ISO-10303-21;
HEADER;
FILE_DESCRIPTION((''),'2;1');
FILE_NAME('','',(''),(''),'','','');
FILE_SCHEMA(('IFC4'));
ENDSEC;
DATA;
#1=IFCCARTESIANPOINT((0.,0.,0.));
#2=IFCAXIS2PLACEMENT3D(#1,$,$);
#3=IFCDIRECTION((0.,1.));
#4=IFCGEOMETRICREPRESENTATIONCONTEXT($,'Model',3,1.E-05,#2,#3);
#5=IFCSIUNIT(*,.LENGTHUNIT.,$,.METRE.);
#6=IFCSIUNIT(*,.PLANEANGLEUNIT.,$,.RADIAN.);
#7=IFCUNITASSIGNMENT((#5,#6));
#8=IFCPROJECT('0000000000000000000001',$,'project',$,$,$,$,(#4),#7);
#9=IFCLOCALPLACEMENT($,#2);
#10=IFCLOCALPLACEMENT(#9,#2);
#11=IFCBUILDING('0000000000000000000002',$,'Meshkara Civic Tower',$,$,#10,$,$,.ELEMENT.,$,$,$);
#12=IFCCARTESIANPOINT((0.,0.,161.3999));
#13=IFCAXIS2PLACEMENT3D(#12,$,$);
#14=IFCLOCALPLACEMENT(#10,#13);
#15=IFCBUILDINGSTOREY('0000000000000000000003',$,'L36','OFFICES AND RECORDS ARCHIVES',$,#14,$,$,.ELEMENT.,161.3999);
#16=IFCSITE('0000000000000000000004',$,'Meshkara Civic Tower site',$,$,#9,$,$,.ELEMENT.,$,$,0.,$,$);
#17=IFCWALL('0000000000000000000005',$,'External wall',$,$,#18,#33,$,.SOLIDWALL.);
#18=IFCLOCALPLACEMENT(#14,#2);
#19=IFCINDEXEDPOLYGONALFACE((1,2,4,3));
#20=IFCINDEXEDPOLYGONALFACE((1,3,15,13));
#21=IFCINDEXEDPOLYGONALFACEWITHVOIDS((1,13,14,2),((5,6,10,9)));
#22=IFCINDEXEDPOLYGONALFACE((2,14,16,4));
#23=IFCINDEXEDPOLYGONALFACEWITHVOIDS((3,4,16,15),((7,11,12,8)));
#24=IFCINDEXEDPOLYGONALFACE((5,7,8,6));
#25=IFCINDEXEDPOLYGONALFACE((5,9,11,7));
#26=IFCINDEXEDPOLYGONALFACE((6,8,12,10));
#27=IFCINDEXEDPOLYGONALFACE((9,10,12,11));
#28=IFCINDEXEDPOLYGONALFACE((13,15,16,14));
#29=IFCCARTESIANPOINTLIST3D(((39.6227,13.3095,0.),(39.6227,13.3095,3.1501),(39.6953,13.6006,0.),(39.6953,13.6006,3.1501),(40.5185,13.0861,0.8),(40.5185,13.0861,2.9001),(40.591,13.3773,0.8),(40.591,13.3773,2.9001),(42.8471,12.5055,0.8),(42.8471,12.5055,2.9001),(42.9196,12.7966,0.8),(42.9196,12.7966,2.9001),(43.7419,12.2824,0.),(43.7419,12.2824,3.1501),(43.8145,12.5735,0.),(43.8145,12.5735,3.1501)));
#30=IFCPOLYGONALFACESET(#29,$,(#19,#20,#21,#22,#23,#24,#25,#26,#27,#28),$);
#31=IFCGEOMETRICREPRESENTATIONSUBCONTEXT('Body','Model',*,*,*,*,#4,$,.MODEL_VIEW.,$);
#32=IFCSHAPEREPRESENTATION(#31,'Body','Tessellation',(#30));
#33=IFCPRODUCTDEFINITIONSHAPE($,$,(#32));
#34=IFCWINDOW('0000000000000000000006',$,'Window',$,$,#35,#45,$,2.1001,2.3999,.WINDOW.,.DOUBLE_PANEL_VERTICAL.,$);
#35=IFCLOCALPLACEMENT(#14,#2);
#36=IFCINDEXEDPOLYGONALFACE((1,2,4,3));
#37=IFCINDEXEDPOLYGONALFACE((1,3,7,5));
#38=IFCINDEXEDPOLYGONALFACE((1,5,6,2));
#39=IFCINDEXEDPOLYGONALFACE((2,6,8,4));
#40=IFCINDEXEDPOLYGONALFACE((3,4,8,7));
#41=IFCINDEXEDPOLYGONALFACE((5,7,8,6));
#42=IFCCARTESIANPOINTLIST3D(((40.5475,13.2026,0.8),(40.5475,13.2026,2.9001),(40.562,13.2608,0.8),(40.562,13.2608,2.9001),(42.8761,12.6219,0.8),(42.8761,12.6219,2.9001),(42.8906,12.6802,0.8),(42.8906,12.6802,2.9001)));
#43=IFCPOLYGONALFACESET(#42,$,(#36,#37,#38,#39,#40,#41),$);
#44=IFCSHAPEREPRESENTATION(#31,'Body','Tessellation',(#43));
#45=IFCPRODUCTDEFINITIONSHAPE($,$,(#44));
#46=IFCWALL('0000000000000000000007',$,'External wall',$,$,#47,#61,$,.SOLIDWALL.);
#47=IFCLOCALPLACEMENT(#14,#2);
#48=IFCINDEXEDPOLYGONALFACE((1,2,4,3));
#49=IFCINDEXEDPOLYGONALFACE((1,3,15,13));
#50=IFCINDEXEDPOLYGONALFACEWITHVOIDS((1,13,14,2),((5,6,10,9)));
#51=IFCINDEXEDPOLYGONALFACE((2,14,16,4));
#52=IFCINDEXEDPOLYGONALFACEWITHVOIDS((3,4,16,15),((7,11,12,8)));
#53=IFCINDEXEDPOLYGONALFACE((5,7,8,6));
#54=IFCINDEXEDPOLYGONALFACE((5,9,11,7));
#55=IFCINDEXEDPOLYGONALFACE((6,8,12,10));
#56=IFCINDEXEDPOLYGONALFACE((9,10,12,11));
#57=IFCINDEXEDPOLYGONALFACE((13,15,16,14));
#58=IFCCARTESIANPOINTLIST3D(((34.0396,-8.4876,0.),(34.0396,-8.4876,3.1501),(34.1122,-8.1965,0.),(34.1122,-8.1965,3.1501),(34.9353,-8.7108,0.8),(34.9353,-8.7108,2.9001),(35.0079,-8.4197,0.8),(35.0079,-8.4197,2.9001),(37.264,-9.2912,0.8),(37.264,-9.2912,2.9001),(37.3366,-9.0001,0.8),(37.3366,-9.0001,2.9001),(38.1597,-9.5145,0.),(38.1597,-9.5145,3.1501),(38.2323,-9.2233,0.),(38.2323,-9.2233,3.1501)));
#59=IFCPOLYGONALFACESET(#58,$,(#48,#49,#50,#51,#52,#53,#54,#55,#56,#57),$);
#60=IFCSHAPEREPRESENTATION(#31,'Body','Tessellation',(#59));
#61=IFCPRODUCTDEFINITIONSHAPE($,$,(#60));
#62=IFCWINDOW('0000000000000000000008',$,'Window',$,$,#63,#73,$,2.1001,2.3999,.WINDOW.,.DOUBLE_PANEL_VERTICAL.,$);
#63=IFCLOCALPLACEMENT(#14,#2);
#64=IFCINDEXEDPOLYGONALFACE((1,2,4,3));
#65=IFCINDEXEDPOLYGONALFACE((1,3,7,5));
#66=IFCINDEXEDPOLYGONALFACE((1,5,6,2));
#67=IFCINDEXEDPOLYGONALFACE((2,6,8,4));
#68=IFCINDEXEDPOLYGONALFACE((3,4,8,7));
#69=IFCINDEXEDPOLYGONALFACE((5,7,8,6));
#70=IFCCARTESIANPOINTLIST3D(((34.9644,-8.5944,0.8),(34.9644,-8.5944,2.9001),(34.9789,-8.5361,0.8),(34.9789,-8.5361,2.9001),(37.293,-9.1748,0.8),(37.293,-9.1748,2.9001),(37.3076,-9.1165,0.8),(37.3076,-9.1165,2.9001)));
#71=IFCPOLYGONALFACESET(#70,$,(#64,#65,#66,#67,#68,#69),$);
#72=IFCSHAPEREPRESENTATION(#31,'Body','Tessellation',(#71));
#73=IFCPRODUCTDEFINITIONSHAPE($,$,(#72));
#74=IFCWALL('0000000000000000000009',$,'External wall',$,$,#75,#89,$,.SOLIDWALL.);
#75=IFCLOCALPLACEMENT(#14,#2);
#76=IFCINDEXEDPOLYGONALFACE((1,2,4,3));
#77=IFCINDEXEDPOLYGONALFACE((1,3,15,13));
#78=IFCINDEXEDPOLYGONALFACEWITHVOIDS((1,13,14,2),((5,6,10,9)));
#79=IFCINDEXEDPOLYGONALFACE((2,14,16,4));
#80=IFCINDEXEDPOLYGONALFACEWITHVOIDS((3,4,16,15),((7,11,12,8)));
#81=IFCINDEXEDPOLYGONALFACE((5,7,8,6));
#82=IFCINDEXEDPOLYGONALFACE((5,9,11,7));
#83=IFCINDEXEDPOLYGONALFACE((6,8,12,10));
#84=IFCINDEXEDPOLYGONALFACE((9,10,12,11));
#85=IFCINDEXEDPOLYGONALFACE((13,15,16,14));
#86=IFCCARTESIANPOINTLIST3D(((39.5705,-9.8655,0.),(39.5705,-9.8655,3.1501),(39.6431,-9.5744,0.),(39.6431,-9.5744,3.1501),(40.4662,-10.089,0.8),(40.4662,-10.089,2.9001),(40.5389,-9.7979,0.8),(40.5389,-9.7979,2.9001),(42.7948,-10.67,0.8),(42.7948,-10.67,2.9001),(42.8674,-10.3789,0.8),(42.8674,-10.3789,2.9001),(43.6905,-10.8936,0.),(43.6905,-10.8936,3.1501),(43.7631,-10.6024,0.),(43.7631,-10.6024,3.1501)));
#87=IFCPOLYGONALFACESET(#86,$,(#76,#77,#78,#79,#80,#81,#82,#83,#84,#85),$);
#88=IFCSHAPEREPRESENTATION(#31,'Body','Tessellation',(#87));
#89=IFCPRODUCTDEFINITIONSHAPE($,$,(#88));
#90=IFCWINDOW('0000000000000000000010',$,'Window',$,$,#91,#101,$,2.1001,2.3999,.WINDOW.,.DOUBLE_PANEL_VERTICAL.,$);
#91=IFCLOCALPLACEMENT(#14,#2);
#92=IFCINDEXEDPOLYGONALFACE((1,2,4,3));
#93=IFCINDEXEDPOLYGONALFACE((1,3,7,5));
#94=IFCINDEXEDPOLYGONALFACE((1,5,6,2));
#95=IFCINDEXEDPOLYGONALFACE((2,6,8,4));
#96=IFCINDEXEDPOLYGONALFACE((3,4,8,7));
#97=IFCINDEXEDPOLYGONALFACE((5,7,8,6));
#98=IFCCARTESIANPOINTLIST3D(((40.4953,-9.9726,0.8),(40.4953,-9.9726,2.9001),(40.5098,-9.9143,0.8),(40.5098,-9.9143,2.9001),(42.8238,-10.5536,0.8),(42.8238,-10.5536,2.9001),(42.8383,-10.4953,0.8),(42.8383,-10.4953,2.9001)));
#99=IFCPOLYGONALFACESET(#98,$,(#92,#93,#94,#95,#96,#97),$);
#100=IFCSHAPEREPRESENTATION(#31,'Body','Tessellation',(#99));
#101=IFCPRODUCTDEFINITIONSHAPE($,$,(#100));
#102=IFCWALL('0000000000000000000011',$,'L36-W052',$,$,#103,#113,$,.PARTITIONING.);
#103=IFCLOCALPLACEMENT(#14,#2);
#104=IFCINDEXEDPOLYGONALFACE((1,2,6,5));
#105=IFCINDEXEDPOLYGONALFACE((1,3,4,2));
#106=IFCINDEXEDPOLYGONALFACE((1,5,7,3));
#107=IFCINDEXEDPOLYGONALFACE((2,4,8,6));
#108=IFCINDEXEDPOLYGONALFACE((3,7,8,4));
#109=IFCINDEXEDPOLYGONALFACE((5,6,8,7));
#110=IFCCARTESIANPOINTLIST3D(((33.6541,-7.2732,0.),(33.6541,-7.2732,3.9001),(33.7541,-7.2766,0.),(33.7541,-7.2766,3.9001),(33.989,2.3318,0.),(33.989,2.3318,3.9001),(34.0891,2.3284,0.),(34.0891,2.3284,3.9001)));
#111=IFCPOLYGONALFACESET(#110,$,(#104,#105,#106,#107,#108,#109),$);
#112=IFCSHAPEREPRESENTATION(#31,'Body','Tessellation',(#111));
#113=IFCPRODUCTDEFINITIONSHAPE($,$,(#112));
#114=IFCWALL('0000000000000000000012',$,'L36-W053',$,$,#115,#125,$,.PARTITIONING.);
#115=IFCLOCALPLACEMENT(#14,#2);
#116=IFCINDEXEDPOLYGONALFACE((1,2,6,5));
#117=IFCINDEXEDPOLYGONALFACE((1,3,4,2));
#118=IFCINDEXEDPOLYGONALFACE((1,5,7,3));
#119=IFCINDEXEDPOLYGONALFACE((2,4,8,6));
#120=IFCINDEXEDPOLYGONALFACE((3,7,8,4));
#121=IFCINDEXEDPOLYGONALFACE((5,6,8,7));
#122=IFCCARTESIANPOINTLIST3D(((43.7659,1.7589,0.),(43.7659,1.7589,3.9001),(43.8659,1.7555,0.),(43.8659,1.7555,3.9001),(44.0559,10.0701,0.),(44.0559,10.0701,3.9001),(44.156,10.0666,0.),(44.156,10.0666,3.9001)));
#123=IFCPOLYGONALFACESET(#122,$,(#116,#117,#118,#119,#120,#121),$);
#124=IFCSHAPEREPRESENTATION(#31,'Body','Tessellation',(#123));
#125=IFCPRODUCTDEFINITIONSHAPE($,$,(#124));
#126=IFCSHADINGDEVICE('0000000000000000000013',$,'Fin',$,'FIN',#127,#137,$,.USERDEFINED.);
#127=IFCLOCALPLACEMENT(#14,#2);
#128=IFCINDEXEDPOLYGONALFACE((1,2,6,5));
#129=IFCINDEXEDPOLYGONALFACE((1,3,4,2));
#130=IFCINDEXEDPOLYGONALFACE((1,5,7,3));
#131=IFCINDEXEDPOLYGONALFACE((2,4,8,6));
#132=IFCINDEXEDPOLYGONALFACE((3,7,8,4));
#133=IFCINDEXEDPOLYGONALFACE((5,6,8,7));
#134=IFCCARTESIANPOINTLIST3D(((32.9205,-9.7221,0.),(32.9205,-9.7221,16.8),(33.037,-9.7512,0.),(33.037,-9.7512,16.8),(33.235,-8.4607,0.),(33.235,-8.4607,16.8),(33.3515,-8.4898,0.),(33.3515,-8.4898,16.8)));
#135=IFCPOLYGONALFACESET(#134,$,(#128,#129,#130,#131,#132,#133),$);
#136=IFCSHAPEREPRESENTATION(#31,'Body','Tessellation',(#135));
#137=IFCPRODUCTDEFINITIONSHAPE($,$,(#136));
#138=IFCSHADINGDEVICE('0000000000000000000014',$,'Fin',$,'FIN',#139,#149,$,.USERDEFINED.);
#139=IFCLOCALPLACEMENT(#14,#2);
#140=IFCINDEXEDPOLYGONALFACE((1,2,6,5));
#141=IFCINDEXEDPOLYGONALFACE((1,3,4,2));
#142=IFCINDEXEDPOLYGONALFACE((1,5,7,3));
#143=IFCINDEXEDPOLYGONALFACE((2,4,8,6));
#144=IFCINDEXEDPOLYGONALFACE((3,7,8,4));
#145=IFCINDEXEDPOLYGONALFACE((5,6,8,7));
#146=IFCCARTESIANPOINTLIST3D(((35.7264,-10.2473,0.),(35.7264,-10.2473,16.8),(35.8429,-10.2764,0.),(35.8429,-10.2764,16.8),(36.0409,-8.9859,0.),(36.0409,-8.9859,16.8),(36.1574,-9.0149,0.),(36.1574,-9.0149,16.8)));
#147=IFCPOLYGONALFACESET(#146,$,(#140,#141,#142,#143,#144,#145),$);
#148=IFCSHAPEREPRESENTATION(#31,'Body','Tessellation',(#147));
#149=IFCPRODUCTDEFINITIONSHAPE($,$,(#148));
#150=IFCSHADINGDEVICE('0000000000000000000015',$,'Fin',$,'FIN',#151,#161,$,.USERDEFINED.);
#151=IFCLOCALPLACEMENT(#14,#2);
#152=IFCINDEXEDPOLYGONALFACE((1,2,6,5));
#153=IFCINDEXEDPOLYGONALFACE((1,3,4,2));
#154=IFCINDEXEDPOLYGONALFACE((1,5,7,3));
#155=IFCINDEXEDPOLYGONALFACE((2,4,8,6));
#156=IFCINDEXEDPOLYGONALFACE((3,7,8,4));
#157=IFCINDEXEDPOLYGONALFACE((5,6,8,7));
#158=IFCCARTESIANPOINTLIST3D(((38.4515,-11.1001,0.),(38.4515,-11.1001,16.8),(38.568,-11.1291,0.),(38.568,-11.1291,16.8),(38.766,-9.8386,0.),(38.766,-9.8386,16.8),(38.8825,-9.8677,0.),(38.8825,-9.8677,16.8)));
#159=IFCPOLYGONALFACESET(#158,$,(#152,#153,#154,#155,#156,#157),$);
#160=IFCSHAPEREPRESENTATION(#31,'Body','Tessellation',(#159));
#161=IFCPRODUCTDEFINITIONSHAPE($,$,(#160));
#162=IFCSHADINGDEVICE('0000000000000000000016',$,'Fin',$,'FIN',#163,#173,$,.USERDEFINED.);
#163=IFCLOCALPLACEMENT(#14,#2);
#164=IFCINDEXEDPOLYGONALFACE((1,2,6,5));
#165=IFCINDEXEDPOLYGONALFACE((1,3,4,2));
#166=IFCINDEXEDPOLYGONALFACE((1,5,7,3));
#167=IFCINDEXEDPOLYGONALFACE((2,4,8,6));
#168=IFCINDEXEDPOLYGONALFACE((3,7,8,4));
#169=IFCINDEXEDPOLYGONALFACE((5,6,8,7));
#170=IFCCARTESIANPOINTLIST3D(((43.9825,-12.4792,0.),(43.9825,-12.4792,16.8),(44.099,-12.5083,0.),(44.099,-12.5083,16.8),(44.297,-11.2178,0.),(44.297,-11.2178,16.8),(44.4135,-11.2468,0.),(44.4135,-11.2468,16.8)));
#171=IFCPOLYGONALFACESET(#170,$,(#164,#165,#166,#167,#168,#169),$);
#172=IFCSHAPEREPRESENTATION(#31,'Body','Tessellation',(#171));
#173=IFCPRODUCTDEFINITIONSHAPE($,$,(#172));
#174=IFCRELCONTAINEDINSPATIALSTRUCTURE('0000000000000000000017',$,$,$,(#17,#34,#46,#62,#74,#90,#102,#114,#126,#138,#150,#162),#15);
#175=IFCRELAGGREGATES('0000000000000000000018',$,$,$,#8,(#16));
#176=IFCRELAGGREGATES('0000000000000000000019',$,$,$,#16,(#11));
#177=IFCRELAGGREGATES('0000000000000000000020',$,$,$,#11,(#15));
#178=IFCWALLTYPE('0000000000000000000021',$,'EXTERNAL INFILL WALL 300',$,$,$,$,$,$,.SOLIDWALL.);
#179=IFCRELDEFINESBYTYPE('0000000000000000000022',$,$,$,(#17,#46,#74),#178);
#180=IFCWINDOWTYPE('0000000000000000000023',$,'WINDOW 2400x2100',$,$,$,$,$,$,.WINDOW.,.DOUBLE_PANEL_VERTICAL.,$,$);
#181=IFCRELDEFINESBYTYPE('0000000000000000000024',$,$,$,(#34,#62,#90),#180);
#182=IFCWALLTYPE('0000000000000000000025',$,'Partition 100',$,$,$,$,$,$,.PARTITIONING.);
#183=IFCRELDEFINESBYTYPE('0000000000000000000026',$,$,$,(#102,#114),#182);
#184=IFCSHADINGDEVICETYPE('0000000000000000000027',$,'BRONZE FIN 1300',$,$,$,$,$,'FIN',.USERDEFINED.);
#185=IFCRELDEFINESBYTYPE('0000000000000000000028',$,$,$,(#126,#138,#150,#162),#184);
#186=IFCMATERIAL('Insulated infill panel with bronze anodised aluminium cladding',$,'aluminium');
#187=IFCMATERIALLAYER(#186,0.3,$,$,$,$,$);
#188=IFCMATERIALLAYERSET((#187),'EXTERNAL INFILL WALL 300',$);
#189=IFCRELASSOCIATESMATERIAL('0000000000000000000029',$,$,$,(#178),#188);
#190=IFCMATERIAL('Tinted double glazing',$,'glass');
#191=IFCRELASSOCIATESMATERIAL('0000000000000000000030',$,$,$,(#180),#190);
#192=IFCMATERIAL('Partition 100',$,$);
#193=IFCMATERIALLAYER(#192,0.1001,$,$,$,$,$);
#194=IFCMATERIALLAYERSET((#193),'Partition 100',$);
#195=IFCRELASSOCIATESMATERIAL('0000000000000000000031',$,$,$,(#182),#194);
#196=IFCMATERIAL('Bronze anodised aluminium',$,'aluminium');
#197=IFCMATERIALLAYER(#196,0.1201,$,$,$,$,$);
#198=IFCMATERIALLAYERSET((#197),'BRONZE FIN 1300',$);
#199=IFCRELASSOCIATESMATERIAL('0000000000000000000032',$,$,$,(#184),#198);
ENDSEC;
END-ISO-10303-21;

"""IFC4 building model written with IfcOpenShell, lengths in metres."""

from ifc_helpers import new_model, si_unit, direction, frame, frame_2d, origin, origin_2d, place, context, subcontext, project, spatial, rectangle, extrude, material, layer, layer_set, type_object, element, fill, save


model = new_model("IFC4")

# Units and contexts
model_context = context("Model", 3, precision=1e-05, world=origin(), true_north=direction((0.0, 1.0)))
body_context = subcontext(model_context, "Body", "Model", "MODEL_VIEW")
ifc_project = project(units=[si_unit("LENGTHUNIT", "METRE"), si_unit("PLANEANGLEUNIT", "RADIAN")], contexts=[model_context])

# Site, building, storey
site_placement = place(None, origin())
site = spatial("IfcSite", under=ifc_project, at=site_placement, Name="Meshkara Civic Tower site", CompositionType="ELEMENT", RefElevation=0.0)
building_placement = place(site_placement, origin())
building = spatial("IfcBuilding", under=site, at=building_placement, Name="Meshkara Civic Tower", CompositionType="ELEMENT")
storey_placement = place(building_placement, frame((0.0, 0.0, 161.3999)))
storey = spatial("IfcBuildingStorey", under=building, at=storey_placement, Name="L36", Description="OFFICES AND RECORDS ARCHIVES", CompositionType="ELEMENT", Elevation=161.3999)

# Walls, openings, windows
ifc_material_1 = material(Name="Insulated infill panel with bronze anodised aluminium cladding", Category="aluminium")
ifc_layer_1 = layer(ifc_material_1, 0.3)
ifc_layer_set_1 = layer_set([ifc_layer_1], Name="EXTERNAL INFILL WALL 300")
wall_type_1 = type_object("IfcWallType", Name="EXTERNAL INFILL WALL 300", PredefinedType="SOLIDWALL", material=ifc_layer_set_1)
wall_1_placement = place(storey_placement, frame((43.7781, 12.428, 0.0), z_axis=(0.0, 0.0, 1.0), x_axis=(-0.970291, 0.24194, 0.0)))
wall_1 = element("IfcWall", 1, at=wall_1_placement, inside=storey, type_object=wall_type_1, Name="External wall", PredefinedType="SOLIDWALL", context=body_context, shape_type="SweptSolid", body=[
    extrude(rectangle(XDim=4.2454, YDim=0.3, at=frame_2d((2.1226, 0.0))), origin(), (0.0, 0.0, 1.0), 3.1501),
])
opening_1_placement = place(wall_1_placement, frame((0.9221, 0.0, 0.8)))
opening_1 = element("IfcOpeningElement", 2, at=opening_1_placement, cuts=wall_1, PredefinedType="OPENING", context=body_context, shape_type="SweptSolid", body=[
    extrude(rectangle(XDim=2.3999, YDim=2.1001, at=frame_2d((1.2, 1.05))), frame((0.0, 0.1599, 0.0), z_axis=(0.0, -1.0, 0.0), x_axis=(1.0, 0.0, 0.0)), (0.0, 0.0, 1.0), 0.3201),
])
ifc_material_2 = material(Name="Tinted double glazing", Category="glass")
window_type = type_object("IfcWindowType", Name="WINDOW 2400x2100", PartitioningType="DOUBLE_PANEL_VERTICAL", PredefinedType="WINDOW", material=ifc_material_2)
window_1_placement = place(opening_1_placement, origin())
window_1 = element("IfcWindow", 3, at=window_1_placement, inside=storey, type_object=window_type, Name="Window", OverallHeight=2.1001, OverallWidth=2.3999, PartitioningType="DOUBLE_PANEL_VERTICAL", PredefinedType="WINDOW", context=body_context, shape_type="SweptSolid", body=[
    extrude(rectangle(XDim=2.3999, YDim=2.1001, at=frame_2d((1.2, 1.05))), frame((0.0, 0.03, 0.0), z_axis=(0.0, -1.0, 0.0), x_axis=(1.0, 0.0, 0.0)), (0.0, 0.0, 1.0), 0.0601),
])
fill(opening_1, window_1)
wall_2_placement = place(storey_placement, frame((34.0759, -8.342, 0.0), z_axis=(0.0, 0.0, 1.0), x_axis=(0.970318, -0.241832, 0.0)))
wall_2 = element("IfcWall", 4, at=wall_2_placement, inside=storey, type_object=wall_type_1, Name="External wall", PredefinedType="SOLIDWALL", context=body_context, shape_type="SweptSolid", body=[
    extrude(rectangle(XDim=4.2461, YDim=0.3, at=frame_2d((2.123, 0.0))), origin(), (0.0, 0.0, 1.0), 3.1501),
])
opening_2_placement = place(wall_2_placement, frame((0.9231, 0.0, 0.8)))
opening_2 = element("IfcOpeningElement", 5, at=opening_2_placement, cuts=wall_2, PredefinedType="OPENING", context=body_context, shape_type="SweptSolid", body=[
    extrude(rectangle(XDim=2.3999, YDim=2.1001, at=frame_2d((1.2, 1.05))), frame((0.0, 0.1599, 0.0), z_axis=(0.0, -1.0, 0.0), x_axis=(1.0, 0.0, 0.0)), (0.0, 0.0, 1.0), 0.3201),
])
window_2_placement = place(opening_2_placement, origin())
window_2 = element("IfcWindow", 6, at=window_2_placement, inside=storey, type_object=window_type, Name="Window", OverallHeight=2.1001, OverallWidth=2.3999, PartitioningType="DOUBLE_PANEL_VERTICAL", PredefinedType="WINDOW", context=body_context, shape_type="SweptSolid", body=[
    extrude(rectangle(XDim=2.3999, YDim=2.1001, at=frame_2d((1.2, 1.05))), frame((0.0, 0.03, 0.0), z_axis=(0.0, -1.0, 0.0), x_axis=(1.0, 0.0, 0.0)), (0.0, 0.0, 1.0), 0.0601),
])
fill(opening_2, window_2)
wall_3_placement = place(storey_placement, frame((39.6069, -9.72, 0.0), z_axis=(0.0, 0.0, 1.0), x_axis=(0.970251, -0.242103, 0.0)))
wall_3 = element("IfcWall", 7, at=wall_3_placement, inside=storey, type_object=wall_type_1, Name="External wall", PredefinedType="SOLIDWALL", context=body_context, shape_type="SweptSolid", body=[
    extrude(rectangle(XDim=4.2463, YDim=0.3, at=frame_2d((2.123, 0.0))), origin(), (0.0, 0.0, 1.0), 3.1501),
])
opening_3_placement = place(wall_3_placement, frame((0.9231, 0.0, 0.8)))
opening_3 = element("IfcOpeningElement", 8, at=opening_3_placement, cuts=wall_3, PredefinedType="OPENING", context=body_context, shape_type="SweptSolid", body=[
    extrude(rectangle(XDim=2.3999, YDim=2.1001, at=frame_2d((1.2, 1.05))), frame((0.0, 0.1599, 0.0), z_axis=(0.0, -1.0, 0.0), x_axis=(1.0, 0.0, 0.0)), (0.0, 0.0, 1.0), 0.3201),
])
window_3_placement = place(opening_3_placement, origin())
window_3 = element("IfcWindow", 9, at=window_3_placement, inside=storey, type_object=window_type, Name="Window", OverallHeight=2.1001, OverallWidth=2.3999, PartitioningType="DOUBLE_PANEL_VERTICAL", PredefinedType="WINDOW", context=body_context, shape_type="SweptSolid", body=[
    extrude(rectangle(XDim=2.3999, YDim=2.1001, at=frame_2d((1.2, 1.05))), frame((0.0, 0.03, 0.0), z_axis=(0.0, -1.0, 0.0), x_axis=(1.0, 0.0, 0.0)), (0.0, 0.0, 1.0), 0.0601),
])
fill(opening_3, window_3)

# Walls
ifc_material_3 = material(Name="Partition 100")
ifc_layer_2 = layer(ifc_material_3, 0.1001)
ifc_layer_set_2 = layer_set([ifc_layer_2], Name="Partition 100")
wall_type_2 = type_object("IfcWallType", Name="Partition 100", PredefinedType="PARTITIONING", material=ifc_layer_set_2)
wall_4_placement = place(storey_placement, frame((33.7041, -7.2749, 0.0), z_axis=(0.0, 0.0, 1.0), x_axis=(0.034852, 0.999392, 0.0)))
element("IfcWall", 10, at=wall_4_placement, inside=storey, type_object=wall_type_2, Name="L36-W052", PredefinedType="PARTITIONING", context=body_context, shape_type="SweptSolid", body=[
    extrude(rectangle(XDim=9.6108, YDim=0.1001, at=frame_2d((4.8054, 0.0))), origin(), (0.0, 0.0, 1.0), 3.9001),
])
wall_5_placement = place(storey_placement, frame((43.8159, 1.7571, 0.0), z_axis=(0.0, 0.0, 1.0), x_axis=(0.034877, 0.999392, 0.0)))
element("IfcWall", 11, at=wall_5_placement, inside=storey, type_object=wall_type_2, Name="L36-W053", PredefinedType="PARTITIONING", context=body_context, shape_type="SweptSolid", body=[
    extrude(rectangle(XDim=8.3162, YDim=0.1001, at=frame_2d((4.1582, 0.0))), origin(), (0.0, 0.0, 1.0), 3.9001),
])

# Shading devices
ifc_material_4 = material(Name="Bronze anodised aluminium", Category="aluminium")
ifc_layer_3 = layer(ifc_material_4, 0.1201)
ifc_layer_set_3 = layer_set([ifc_layer_3], Name="BRONZE FIN 1300")
shading_device_type = type_object("IfcShadingDeviceType", Name="BRONZE FIN 1300", ElementType="FIN", PredefinedType="USERDEFINED", material=ifc_layer_set_3)
for number, where, z_axis, x_axis, name in (
    (12, (33.136, -9.106, 0.0), (0.0, 0.0, 1.0), (0.9703, -0.241905, 0.0), "Fin"),
    (13, (35.9419, -9.6311, 0.0), (0.0, 0.0, 1.0), (0.9703, -0.241905, 0.0), "Fin"),
    (14, (38.667, -10.4839, 0.0), (0.0, 0.0, 1.0), (0.9703, -0.241905, 0.0), "Fin"),
    (15, (44.198, -11.863, 0.0), (0.0, 0.0, 1.0), (0.9703, -0.241905, 0.0), "Fin"),
):
    element("IfcShadingDevice", number, at=place(storey_placement, frame(where, z_axis=z_axis, x_axis=x_axis)), inside=storey, type_object=shading_device_type, Name=name, ObjectType="FIN", PredefinedType="USERDEFINED", context=body_context, shape_type="SweptSolid", body=[
        extrude(rectangle(XDim=0.1201, YDim=1.3, at=origin_2d()), origin(), (0.0, 0.0, 1.0), 16.8),
    ])

save(model, "model.ifc")
